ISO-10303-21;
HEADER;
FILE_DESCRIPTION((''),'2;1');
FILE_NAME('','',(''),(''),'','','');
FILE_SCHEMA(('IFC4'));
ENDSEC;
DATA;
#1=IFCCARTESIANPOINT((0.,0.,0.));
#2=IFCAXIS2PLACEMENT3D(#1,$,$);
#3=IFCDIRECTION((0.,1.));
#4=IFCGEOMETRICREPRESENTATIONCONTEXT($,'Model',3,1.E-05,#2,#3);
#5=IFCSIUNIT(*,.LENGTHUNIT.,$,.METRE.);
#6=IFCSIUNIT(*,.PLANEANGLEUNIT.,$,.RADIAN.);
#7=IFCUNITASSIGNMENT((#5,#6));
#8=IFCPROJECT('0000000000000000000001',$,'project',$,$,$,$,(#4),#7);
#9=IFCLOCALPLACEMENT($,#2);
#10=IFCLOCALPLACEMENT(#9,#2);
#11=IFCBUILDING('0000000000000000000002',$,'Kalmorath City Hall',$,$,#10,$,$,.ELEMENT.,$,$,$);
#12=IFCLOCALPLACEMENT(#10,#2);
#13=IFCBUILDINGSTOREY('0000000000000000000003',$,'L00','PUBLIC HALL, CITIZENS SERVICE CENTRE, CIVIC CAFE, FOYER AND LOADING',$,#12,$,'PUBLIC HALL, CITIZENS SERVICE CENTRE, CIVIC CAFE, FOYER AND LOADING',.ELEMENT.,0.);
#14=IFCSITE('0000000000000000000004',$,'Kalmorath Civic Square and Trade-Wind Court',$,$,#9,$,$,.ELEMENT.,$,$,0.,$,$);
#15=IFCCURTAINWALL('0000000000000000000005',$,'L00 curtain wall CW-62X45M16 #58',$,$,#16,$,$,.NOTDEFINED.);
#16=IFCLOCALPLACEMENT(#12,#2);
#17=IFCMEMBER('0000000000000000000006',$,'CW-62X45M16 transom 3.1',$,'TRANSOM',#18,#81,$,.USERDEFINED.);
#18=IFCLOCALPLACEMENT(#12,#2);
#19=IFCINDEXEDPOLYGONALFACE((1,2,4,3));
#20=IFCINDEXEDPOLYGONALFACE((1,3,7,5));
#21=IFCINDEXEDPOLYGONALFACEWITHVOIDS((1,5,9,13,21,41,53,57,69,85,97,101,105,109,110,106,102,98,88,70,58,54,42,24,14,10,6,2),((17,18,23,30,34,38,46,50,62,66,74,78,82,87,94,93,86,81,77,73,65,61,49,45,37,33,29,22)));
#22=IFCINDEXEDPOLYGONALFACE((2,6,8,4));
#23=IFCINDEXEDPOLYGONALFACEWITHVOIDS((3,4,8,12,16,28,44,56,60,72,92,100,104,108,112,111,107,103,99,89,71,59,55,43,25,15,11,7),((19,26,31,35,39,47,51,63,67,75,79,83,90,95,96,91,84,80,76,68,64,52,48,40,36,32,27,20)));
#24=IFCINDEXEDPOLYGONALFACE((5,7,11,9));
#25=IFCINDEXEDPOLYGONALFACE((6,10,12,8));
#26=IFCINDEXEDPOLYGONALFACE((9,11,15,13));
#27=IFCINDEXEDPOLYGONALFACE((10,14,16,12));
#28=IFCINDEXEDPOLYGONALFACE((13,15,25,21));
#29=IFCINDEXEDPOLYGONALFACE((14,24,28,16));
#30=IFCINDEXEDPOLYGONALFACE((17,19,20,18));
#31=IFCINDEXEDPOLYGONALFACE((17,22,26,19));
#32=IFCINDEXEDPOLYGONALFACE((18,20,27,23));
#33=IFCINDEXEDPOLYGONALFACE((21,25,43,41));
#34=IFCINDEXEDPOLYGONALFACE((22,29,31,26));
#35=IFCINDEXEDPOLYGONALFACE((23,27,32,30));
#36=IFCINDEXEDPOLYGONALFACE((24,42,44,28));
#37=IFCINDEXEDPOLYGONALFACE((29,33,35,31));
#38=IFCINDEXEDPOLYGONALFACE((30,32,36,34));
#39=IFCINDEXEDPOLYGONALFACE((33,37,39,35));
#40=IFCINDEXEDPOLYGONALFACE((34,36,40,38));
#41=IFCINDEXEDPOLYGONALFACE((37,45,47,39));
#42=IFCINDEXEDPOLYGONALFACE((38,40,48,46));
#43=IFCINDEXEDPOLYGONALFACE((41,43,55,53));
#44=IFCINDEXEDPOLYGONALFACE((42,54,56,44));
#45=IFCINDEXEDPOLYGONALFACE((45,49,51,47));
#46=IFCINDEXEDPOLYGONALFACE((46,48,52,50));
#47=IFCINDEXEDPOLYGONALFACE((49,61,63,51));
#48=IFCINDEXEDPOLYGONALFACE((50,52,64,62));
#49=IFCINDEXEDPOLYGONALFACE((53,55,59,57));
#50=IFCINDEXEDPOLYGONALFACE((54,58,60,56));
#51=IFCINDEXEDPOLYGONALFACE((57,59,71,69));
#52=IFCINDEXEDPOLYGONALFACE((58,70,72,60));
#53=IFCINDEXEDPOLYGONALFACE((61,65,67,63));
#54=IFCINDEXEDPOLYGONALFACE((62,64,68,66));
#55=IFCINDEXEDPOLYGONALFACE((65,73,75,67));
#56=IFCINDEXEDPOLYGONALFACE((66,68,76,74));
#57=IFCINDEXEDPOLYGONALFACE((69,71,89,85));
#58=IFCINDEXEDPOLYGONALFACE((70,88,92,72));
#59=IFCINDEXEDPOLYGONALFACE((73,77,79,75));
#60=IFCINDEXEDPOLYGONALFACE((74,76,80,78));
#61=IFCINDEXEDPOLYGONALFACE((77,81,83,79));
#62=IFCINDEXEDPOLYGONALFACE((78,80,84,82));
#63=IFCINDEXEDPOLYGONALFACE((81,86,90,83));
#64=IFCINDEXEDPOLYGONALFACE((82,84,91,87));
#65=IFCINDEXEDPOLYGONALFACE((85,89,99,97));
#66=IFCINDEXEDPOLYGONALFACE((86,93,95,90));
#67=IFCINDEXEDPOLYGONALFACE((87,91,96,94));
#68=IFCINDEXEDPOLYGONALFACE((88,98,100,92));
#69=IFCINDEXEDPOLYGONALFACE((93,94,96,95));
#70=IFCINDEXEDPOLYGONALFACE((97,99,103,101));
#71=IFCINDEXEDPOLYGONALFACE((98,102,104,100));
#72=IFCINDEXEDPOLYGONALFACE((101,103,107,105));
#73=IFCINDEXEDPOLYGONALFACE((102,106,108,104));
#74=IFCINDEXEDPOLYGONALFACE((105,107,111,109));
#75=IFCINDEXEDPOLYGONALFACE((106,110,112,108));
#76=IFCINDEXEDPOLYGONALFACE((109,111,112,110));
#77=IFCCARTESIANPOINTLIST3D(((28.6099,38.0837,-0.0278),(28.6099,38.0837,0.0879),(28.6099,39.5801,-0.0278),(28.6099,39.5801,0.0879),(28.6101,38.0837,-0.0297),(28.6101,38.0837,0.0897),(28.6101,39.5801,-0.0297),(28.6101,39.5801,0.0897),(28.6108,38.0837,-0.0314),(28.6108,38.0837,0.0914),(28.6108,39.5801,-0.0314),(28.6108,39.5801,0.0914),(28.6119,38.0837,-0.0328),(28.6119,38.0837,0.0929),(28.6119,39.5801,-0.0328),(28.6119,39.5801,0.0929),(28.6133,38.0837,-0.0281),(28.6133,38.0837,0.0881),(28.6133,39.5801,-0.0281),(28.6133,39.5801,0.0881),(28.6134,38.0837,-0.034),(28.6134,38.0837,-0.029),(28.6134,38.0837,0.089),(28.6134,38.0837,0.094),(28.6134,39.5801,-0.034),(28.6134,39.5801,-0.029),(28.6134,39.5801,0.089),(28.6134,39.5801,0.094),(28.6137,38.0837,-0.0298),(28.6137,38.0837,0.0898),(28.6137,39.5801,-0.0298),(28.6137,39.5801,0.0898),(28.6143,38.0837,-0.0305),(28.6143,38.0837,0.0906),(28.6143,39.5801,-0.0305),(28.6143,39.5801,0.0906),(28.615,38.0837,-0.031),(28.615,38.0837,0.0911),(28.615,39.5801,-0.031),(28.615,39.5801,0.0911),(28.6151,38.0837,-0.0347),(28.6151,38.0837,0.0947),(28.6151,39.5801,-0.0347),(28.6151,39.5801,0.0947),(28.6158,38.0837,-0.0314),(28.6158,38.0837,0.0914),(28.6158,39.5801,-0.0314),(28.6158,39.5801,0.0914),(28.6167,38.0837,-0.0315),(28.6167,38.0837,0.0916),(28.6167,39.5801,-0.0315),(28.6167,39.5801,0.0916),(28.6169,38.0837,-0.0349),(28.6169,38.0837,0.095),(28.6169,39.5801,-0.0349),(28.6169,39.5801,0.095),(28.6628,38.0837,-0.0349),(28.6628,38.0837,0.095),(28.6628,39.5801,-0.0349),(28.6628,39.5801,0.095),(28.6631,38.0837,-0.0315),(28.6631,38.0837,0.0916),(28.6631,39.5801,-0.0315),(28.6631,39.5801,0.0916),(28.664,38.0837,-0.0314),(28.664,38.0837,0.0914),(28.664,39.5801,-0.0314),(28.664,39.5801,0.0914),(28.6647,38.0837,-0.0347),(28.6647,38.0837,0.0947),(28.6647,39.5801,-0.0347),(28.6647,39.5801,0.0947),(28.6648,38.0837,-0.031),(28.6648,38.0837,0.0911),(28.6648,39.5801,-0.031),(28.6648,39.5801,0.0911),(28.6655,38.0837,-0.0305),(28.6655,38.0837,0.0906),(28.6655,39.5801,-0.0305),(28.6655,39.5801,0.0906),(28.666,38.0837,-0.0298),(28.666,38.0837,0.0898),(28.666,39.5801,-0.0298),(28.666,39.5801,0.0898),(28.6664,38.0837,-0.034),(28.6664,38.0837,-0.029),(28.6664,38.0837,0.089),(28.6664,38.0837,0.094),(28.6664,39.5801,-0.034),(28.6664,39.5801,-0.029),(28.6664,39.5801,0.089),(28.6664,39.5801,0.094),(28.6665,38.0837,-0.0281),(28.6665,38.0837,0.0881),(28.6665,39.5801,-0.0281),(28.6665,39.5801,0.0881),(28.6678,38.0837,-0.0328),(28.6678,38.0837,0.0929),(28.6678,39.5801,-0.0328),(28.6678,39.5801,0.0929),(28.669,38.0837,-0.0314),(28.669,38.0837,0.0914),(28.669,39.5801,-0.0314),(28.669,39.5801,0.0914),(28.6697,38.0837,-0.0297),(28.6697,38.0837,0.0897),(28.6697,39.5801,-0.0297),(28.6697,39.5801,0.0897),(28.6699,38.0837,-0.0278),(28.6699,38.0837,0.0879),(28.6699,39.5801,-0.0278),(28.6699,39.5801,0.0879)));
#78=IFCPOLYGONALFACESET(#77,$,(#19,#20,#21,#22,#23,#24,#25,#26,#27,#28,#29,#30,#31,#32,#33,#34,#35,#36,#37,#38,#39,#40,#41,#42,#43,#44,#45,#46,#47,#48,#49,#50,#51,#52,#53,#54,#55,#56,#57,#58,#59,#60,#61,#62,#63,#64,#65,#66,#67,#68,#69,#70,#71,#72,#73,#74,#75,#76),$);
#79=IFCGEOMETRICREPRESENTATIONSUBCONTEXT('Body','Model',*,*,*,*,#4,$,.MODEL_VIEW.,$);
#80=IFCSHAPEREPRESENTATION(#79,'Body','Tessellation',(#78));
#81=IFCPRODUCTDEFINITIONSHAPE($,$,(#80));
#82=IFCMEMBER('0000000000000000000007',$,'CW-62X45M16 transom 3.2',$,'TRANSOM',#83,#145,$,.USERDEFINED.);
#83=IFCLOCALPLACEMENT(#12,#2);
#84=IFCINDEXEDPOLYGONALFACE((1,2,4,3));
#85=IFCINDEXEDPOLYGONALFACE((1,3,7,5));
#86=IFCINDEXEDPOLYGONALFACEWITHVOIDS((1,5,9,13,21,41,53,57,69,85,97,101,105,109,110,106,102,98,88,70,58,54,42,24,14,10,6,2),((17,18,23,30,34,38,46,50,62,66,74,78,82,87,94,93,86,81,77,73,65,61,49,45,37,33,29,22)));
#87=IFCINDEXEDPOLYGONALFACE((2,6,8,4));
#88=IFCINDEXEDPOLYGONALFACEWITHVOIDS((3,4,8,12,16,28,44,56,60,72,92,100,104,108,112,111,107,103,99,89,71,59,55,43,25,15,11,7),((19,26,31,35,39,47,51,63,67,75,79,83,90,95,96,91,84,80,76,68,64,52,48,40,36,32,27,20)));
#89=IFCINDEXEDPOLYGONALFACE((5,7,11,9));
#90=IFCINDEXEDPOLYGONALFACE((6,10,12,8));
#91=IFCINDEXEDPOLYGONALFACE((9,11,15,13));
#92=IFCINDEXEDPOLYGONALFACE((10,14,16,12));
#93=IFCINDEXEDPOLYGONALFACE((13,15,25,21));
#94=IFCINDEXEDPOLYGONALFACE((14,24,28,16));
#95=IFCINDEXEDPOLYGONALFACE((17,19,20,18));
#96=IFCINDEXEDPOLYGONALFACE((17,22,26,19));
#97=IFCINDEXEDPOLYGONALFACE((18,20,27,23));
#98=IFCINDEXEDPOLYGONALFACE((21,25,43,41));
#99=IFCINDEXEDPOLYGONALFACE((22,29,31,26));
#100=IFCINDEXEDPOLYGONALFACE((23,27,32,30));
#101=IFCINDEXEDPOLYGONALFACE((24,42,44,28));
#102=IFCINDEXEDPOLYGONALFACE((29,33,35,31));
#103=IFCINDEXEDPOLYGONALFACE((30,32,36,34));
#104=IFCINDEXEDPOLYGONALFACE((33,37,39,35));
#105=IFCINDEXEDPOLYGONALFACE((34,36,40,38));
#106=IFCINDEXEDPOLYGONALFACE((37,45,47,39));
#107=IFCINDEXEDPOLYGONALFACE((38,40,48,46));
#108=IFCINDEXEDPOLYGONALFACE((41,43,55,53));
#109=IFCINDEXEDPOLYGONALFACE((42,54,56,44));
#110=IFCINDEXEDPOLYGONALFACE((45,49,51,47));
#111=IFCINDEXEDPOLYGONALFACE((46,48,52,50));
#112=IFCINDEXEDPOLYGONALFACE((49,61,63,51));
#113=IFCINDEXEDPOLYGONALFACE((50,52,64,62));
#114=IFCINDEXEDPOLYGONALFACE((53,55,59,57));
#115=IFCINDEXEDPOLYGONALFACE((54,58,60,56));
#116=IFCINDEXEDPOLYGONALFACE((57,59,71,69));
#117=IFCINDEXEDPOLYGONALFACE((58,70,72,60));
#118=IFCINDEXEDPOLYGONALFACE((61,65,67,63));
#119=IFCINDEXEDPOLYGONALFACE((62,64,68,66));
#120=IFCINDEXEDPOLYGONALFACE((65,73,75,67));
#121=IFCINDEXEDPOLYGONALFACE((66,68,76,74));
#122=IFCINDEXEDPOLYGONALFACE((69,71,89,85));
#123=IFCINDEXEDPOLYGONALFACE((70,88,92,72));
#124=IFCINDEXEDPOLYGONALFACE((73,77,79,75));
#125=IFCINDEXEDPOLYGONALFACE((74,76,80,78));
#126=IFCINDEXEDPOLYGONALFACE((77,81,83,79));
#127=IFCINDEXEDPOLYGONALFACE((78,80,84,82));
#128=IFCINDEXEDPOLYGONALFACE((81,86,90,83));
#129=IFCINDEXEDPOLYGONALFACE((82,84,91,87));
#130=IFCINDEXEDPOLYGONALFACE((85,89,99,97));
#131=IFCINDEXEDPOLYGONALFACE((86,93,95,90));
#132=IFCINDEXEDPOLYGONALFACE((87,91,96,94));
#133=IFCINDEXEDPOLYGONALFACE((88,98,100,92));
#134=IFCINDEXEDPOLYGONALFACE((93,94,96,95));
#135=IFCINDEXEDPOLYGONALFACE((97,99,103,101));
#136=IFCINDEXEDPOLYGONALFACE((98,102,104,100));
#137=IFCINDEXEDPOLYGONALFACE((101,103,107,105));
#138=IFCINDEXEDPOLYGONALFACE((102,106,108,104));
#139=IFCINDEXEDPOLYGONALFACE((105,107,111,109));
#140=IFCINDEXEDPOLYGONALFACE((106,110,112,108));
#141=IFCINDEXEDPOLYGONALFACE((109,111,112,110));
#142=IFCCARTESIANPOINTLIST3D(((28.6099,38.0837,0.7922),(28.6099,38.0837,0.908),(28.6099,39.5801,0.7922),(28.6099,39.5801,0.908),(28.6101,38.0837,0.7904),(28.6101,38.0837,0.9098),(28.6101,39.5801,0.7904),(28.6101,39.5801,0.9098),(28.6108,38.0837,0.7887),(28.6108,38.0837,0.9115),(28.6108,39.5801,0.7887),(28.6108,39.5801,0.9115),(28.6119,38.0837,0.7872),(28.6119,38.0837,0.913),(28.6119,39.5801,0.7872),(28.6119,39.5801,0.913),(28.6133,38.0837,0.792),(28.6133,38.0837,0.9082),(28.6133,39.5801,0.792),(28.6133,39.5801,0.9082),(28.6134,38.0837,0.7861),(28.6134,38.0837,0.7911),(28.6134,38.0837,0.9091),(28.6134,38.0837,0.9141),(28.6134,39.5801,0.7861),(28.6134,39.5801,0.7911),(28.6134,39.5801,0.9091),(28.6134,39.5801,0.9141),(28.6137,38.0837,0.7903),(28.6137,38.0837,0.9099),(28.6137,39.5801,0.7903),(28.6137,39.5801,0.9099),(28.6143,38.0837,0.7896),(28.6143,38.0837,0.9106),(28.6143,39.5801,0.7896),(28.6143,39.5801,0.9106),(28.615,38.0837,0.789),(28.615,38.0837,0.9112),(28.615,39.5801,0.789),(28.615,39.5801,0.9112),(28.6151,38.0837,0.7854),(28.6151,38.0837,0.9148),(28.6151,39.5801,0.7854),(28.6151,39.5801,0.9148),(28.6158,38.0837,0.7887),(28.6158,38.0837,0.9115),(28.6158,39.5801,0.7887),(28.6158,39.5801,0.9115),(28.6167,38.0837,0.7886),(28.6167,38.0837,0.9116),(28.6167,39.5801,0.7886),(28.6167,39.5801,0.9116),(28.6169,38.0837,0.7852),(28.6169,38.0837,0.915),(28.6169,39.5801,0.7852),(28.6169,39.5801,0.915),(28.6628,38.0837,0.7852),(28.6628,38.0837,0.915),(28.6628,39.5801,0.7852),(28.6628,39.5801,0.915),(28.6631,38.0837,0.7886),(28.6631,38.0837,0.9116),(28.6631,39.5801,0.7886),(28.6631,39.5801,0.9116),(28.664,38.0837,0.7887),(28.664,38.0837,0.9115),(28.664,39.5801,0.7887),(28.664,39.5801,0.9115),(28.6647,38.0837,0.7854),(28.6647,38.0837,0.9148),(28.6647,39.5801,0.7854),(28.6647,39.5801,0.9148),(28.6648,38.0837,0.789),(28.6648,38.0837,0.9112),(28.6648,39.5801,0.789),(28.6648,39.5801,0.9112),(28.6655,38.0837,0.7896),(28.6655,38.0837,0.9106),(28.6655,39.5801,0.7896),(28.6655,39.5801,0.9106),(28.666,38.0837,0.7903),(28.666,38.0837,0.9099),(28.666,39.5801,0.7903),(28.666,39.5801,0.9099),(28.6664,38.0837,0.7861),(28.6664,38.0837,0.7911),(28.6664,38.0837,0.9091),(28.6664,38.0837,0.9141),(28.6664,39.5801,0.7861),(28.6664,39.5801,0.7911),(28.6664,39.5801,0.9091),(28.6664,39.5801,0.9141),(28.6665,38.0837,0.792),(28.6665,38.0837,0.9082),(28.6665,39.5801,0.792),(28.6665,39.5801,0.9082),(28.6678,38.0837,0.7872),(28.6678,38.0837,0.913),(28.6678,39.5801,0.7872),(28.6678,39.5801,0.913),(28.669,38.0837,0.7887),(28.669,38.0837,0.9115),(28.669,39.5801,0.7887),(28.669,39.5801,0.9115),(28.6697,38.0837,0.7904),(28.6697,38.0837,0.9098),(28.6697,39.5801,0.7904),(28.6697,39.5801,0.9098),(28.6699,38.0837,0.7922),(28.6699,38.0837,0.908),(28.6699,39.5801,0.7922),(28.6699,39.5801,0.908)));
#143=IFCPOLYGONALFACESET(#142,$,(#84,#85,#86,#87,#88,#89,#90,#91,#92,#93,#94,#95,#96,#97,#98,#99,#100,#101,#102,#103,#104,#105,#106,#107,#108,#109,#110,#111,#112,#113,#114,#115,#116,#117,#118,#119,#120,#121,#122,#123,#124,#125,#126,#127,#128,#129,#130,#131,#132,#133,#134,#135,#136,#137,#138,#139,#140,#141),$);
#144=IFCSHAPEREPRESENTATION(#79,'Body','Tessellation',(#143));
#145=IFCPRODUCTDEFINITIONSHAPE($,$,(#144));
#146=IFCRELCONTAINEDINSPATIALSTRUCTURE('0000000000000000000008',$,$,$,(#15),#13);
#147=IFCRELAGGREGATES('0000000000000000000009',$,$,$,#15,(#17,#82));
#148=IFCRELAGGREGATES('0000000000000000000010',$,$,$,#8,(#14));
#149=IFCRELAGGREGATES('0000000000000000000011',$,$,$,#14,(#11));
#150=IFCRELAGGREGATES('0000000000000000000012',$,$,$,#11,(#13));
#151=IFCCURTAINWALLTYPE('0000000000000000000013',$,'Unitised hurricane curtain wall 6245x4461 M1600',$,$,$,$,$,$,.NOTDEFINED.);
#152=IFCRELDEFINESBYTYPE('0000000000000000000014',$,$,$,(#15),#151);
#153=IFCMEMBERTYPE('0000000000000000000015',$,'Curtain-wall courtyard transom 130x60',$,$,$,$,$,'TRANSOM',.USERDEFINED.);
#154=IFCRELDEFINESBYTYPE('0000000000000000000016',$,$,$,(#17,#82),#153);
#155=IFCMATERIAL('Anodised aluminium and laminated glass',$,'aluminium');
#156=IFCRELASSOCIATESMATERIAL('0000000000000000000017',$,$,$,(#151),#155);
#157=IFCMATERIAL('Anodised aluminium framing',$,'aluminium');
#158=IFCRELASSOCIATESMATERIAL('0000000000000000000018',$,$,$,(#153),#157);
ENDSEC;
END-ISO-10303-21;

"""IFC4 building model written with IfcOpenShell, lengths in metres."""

from ifc_helpers import new_model, si_unit, direction, frame, origin, origin_2d, place, context, subcontext, project, spatial, hollow_rectangle, extrude, material, material_profile, profile_set, type_object, element, aggregate, save


model = new_model("IFC4")

# Units and contexts
model_context = context("Model", 3, precision=1e-05, world=origin(), true_north=direction((0.0, 1.0)))
body_context = subcontext(model_context, "Body", "Model", "MODEL_VIEW")
ifc_project = project(units=[si_unit("LENGTHUNIT", "METRE"), si_unit("PLANEANGLEUNIT", "RADIAN")], contexts=[model_context])

# Site, building, storey
site_placement = place(None, origin())
site = spatial("IfcSite", under=ifc_project, at=site_placement, Name="Kalmorath Civic Square and Trade-Wind Court", CompositionType="ELEMENT", RefElevation=0.0)
building_placement = place(site_placement, origin())
building = spatial("IfcBuilding", under=site, at=building_placement, Name="Kalmorath City Hall", CompositionType="ELEMENT")
storey_placement = place(building_placement, origin())
storey = spatial("IfcBuildingStorey", under=building, at=storey_placement, Name="L00", Description="PUBLIC HALL, CITIZENS SERVICE CENTRE, CIVIC CAFE, FOYER AND LOADING", LongName="PUBLIC HALL, CITIZENS SERVICE CENTRE, CIVIC CAFE, FOYER AND LOADING", CompositionType="ELEMENT", Elevation=0.0)

# Curtain wall, members
ifc_material_1 = material(Name="Anodised aluminium and laminated glass", Category="aluminium")
curtain_wall_type = type_object("IfcCurtainWallType", Name="Unitised hurricane curtain wall 6245x4461 M1600", PredefinedType="NOTDEFINED", material=ifc_material_1)
curtain_wall_placement = place(storey_placement, origin())
curtain_wall = element("IfcCurtainWall", 1, at=curtain_wall_placement, inside=storey, type_object=curtain_wall_type, Name="L00 curtain wall CW-62X45M16 #58", PredefinedType="NOTDEFINED")
ifc_material_2 = material(Name="Anodised aluminium framing", Category="aluminium")
ifc_material_profile_1 = material_profile(ifc_material_2, hollow_rectangle(XDim=0.0601, YDim=0.1299, WallThickness=0.0034, InnerFilletRadius=0.0034, OuterFilletRadius=0.0071, at=origin_2d()), Name="ALU-TRN-130X60X3.5")
ifc_profile_set_1 = profile_set([ifc_material_profile_1], Name="Anodised aluminium framing")
member_type_1 = type_object("IfcMemberType", Name="Curtain-wall courtyard transom 130x60", ElementType="TRANSOM", PredefinedType="USERDEFINED", material=ifc_profile_set_1)
member_1_placement = place(storey_placement, frame((28.6399, 39.5801, 0.03), z_axis=(0.0, -1.0, 0.0), x_axis=(1.0, 0.0, 0.0)))
member_1 = element("IfcMember", 2, at=member_1_placement, type_object=member_type_1, Name="CW-62X45M16 transom 3.1", ObjectType="TRANSOM", PredefinedType="USERDEFINED", context=body_context, shape_type="SweptSolid", body=[
    extrude(hollow_rectangle(XDim=0.0601, YDim=0.1299, WallThickness=0.0034, InnerFilletRadius=0.0034, OuterFilletRadius=0.0071, at=origin_2d()), origin(), (0.0, 0.0, 1.0), 1.4963),
])
member_2_placement = place(storey_placement, frame((28.6399, 39.5801, 0.8501), z_axis=(0.0, -1.0, 0.0), x_axis=(1.0, 0.0, 0.0)))
member_2 = element("IfcMember", 3, at=member_2_placement, type_object=member_type_1, Name="CW-62X45M16 transom 3.2", ObjectType="TRANSOM", PredefinedType="USERDEFINED", context=body_context, shape_type="SweptSolid", body=[
    extrude(hollow_rectangle(XDim=0.0601, YDim=0.1299, WallThickness=0.0034, InnerFilletRadius=0.0034, OuterFilletRadius=0.0071, at=origin_2d()), origin(), (0.0, 0.0, 1.0), 1.4963),
])

aggregate(curtain_wall, [member_1, member_2])

save(model, "model.ifc")
